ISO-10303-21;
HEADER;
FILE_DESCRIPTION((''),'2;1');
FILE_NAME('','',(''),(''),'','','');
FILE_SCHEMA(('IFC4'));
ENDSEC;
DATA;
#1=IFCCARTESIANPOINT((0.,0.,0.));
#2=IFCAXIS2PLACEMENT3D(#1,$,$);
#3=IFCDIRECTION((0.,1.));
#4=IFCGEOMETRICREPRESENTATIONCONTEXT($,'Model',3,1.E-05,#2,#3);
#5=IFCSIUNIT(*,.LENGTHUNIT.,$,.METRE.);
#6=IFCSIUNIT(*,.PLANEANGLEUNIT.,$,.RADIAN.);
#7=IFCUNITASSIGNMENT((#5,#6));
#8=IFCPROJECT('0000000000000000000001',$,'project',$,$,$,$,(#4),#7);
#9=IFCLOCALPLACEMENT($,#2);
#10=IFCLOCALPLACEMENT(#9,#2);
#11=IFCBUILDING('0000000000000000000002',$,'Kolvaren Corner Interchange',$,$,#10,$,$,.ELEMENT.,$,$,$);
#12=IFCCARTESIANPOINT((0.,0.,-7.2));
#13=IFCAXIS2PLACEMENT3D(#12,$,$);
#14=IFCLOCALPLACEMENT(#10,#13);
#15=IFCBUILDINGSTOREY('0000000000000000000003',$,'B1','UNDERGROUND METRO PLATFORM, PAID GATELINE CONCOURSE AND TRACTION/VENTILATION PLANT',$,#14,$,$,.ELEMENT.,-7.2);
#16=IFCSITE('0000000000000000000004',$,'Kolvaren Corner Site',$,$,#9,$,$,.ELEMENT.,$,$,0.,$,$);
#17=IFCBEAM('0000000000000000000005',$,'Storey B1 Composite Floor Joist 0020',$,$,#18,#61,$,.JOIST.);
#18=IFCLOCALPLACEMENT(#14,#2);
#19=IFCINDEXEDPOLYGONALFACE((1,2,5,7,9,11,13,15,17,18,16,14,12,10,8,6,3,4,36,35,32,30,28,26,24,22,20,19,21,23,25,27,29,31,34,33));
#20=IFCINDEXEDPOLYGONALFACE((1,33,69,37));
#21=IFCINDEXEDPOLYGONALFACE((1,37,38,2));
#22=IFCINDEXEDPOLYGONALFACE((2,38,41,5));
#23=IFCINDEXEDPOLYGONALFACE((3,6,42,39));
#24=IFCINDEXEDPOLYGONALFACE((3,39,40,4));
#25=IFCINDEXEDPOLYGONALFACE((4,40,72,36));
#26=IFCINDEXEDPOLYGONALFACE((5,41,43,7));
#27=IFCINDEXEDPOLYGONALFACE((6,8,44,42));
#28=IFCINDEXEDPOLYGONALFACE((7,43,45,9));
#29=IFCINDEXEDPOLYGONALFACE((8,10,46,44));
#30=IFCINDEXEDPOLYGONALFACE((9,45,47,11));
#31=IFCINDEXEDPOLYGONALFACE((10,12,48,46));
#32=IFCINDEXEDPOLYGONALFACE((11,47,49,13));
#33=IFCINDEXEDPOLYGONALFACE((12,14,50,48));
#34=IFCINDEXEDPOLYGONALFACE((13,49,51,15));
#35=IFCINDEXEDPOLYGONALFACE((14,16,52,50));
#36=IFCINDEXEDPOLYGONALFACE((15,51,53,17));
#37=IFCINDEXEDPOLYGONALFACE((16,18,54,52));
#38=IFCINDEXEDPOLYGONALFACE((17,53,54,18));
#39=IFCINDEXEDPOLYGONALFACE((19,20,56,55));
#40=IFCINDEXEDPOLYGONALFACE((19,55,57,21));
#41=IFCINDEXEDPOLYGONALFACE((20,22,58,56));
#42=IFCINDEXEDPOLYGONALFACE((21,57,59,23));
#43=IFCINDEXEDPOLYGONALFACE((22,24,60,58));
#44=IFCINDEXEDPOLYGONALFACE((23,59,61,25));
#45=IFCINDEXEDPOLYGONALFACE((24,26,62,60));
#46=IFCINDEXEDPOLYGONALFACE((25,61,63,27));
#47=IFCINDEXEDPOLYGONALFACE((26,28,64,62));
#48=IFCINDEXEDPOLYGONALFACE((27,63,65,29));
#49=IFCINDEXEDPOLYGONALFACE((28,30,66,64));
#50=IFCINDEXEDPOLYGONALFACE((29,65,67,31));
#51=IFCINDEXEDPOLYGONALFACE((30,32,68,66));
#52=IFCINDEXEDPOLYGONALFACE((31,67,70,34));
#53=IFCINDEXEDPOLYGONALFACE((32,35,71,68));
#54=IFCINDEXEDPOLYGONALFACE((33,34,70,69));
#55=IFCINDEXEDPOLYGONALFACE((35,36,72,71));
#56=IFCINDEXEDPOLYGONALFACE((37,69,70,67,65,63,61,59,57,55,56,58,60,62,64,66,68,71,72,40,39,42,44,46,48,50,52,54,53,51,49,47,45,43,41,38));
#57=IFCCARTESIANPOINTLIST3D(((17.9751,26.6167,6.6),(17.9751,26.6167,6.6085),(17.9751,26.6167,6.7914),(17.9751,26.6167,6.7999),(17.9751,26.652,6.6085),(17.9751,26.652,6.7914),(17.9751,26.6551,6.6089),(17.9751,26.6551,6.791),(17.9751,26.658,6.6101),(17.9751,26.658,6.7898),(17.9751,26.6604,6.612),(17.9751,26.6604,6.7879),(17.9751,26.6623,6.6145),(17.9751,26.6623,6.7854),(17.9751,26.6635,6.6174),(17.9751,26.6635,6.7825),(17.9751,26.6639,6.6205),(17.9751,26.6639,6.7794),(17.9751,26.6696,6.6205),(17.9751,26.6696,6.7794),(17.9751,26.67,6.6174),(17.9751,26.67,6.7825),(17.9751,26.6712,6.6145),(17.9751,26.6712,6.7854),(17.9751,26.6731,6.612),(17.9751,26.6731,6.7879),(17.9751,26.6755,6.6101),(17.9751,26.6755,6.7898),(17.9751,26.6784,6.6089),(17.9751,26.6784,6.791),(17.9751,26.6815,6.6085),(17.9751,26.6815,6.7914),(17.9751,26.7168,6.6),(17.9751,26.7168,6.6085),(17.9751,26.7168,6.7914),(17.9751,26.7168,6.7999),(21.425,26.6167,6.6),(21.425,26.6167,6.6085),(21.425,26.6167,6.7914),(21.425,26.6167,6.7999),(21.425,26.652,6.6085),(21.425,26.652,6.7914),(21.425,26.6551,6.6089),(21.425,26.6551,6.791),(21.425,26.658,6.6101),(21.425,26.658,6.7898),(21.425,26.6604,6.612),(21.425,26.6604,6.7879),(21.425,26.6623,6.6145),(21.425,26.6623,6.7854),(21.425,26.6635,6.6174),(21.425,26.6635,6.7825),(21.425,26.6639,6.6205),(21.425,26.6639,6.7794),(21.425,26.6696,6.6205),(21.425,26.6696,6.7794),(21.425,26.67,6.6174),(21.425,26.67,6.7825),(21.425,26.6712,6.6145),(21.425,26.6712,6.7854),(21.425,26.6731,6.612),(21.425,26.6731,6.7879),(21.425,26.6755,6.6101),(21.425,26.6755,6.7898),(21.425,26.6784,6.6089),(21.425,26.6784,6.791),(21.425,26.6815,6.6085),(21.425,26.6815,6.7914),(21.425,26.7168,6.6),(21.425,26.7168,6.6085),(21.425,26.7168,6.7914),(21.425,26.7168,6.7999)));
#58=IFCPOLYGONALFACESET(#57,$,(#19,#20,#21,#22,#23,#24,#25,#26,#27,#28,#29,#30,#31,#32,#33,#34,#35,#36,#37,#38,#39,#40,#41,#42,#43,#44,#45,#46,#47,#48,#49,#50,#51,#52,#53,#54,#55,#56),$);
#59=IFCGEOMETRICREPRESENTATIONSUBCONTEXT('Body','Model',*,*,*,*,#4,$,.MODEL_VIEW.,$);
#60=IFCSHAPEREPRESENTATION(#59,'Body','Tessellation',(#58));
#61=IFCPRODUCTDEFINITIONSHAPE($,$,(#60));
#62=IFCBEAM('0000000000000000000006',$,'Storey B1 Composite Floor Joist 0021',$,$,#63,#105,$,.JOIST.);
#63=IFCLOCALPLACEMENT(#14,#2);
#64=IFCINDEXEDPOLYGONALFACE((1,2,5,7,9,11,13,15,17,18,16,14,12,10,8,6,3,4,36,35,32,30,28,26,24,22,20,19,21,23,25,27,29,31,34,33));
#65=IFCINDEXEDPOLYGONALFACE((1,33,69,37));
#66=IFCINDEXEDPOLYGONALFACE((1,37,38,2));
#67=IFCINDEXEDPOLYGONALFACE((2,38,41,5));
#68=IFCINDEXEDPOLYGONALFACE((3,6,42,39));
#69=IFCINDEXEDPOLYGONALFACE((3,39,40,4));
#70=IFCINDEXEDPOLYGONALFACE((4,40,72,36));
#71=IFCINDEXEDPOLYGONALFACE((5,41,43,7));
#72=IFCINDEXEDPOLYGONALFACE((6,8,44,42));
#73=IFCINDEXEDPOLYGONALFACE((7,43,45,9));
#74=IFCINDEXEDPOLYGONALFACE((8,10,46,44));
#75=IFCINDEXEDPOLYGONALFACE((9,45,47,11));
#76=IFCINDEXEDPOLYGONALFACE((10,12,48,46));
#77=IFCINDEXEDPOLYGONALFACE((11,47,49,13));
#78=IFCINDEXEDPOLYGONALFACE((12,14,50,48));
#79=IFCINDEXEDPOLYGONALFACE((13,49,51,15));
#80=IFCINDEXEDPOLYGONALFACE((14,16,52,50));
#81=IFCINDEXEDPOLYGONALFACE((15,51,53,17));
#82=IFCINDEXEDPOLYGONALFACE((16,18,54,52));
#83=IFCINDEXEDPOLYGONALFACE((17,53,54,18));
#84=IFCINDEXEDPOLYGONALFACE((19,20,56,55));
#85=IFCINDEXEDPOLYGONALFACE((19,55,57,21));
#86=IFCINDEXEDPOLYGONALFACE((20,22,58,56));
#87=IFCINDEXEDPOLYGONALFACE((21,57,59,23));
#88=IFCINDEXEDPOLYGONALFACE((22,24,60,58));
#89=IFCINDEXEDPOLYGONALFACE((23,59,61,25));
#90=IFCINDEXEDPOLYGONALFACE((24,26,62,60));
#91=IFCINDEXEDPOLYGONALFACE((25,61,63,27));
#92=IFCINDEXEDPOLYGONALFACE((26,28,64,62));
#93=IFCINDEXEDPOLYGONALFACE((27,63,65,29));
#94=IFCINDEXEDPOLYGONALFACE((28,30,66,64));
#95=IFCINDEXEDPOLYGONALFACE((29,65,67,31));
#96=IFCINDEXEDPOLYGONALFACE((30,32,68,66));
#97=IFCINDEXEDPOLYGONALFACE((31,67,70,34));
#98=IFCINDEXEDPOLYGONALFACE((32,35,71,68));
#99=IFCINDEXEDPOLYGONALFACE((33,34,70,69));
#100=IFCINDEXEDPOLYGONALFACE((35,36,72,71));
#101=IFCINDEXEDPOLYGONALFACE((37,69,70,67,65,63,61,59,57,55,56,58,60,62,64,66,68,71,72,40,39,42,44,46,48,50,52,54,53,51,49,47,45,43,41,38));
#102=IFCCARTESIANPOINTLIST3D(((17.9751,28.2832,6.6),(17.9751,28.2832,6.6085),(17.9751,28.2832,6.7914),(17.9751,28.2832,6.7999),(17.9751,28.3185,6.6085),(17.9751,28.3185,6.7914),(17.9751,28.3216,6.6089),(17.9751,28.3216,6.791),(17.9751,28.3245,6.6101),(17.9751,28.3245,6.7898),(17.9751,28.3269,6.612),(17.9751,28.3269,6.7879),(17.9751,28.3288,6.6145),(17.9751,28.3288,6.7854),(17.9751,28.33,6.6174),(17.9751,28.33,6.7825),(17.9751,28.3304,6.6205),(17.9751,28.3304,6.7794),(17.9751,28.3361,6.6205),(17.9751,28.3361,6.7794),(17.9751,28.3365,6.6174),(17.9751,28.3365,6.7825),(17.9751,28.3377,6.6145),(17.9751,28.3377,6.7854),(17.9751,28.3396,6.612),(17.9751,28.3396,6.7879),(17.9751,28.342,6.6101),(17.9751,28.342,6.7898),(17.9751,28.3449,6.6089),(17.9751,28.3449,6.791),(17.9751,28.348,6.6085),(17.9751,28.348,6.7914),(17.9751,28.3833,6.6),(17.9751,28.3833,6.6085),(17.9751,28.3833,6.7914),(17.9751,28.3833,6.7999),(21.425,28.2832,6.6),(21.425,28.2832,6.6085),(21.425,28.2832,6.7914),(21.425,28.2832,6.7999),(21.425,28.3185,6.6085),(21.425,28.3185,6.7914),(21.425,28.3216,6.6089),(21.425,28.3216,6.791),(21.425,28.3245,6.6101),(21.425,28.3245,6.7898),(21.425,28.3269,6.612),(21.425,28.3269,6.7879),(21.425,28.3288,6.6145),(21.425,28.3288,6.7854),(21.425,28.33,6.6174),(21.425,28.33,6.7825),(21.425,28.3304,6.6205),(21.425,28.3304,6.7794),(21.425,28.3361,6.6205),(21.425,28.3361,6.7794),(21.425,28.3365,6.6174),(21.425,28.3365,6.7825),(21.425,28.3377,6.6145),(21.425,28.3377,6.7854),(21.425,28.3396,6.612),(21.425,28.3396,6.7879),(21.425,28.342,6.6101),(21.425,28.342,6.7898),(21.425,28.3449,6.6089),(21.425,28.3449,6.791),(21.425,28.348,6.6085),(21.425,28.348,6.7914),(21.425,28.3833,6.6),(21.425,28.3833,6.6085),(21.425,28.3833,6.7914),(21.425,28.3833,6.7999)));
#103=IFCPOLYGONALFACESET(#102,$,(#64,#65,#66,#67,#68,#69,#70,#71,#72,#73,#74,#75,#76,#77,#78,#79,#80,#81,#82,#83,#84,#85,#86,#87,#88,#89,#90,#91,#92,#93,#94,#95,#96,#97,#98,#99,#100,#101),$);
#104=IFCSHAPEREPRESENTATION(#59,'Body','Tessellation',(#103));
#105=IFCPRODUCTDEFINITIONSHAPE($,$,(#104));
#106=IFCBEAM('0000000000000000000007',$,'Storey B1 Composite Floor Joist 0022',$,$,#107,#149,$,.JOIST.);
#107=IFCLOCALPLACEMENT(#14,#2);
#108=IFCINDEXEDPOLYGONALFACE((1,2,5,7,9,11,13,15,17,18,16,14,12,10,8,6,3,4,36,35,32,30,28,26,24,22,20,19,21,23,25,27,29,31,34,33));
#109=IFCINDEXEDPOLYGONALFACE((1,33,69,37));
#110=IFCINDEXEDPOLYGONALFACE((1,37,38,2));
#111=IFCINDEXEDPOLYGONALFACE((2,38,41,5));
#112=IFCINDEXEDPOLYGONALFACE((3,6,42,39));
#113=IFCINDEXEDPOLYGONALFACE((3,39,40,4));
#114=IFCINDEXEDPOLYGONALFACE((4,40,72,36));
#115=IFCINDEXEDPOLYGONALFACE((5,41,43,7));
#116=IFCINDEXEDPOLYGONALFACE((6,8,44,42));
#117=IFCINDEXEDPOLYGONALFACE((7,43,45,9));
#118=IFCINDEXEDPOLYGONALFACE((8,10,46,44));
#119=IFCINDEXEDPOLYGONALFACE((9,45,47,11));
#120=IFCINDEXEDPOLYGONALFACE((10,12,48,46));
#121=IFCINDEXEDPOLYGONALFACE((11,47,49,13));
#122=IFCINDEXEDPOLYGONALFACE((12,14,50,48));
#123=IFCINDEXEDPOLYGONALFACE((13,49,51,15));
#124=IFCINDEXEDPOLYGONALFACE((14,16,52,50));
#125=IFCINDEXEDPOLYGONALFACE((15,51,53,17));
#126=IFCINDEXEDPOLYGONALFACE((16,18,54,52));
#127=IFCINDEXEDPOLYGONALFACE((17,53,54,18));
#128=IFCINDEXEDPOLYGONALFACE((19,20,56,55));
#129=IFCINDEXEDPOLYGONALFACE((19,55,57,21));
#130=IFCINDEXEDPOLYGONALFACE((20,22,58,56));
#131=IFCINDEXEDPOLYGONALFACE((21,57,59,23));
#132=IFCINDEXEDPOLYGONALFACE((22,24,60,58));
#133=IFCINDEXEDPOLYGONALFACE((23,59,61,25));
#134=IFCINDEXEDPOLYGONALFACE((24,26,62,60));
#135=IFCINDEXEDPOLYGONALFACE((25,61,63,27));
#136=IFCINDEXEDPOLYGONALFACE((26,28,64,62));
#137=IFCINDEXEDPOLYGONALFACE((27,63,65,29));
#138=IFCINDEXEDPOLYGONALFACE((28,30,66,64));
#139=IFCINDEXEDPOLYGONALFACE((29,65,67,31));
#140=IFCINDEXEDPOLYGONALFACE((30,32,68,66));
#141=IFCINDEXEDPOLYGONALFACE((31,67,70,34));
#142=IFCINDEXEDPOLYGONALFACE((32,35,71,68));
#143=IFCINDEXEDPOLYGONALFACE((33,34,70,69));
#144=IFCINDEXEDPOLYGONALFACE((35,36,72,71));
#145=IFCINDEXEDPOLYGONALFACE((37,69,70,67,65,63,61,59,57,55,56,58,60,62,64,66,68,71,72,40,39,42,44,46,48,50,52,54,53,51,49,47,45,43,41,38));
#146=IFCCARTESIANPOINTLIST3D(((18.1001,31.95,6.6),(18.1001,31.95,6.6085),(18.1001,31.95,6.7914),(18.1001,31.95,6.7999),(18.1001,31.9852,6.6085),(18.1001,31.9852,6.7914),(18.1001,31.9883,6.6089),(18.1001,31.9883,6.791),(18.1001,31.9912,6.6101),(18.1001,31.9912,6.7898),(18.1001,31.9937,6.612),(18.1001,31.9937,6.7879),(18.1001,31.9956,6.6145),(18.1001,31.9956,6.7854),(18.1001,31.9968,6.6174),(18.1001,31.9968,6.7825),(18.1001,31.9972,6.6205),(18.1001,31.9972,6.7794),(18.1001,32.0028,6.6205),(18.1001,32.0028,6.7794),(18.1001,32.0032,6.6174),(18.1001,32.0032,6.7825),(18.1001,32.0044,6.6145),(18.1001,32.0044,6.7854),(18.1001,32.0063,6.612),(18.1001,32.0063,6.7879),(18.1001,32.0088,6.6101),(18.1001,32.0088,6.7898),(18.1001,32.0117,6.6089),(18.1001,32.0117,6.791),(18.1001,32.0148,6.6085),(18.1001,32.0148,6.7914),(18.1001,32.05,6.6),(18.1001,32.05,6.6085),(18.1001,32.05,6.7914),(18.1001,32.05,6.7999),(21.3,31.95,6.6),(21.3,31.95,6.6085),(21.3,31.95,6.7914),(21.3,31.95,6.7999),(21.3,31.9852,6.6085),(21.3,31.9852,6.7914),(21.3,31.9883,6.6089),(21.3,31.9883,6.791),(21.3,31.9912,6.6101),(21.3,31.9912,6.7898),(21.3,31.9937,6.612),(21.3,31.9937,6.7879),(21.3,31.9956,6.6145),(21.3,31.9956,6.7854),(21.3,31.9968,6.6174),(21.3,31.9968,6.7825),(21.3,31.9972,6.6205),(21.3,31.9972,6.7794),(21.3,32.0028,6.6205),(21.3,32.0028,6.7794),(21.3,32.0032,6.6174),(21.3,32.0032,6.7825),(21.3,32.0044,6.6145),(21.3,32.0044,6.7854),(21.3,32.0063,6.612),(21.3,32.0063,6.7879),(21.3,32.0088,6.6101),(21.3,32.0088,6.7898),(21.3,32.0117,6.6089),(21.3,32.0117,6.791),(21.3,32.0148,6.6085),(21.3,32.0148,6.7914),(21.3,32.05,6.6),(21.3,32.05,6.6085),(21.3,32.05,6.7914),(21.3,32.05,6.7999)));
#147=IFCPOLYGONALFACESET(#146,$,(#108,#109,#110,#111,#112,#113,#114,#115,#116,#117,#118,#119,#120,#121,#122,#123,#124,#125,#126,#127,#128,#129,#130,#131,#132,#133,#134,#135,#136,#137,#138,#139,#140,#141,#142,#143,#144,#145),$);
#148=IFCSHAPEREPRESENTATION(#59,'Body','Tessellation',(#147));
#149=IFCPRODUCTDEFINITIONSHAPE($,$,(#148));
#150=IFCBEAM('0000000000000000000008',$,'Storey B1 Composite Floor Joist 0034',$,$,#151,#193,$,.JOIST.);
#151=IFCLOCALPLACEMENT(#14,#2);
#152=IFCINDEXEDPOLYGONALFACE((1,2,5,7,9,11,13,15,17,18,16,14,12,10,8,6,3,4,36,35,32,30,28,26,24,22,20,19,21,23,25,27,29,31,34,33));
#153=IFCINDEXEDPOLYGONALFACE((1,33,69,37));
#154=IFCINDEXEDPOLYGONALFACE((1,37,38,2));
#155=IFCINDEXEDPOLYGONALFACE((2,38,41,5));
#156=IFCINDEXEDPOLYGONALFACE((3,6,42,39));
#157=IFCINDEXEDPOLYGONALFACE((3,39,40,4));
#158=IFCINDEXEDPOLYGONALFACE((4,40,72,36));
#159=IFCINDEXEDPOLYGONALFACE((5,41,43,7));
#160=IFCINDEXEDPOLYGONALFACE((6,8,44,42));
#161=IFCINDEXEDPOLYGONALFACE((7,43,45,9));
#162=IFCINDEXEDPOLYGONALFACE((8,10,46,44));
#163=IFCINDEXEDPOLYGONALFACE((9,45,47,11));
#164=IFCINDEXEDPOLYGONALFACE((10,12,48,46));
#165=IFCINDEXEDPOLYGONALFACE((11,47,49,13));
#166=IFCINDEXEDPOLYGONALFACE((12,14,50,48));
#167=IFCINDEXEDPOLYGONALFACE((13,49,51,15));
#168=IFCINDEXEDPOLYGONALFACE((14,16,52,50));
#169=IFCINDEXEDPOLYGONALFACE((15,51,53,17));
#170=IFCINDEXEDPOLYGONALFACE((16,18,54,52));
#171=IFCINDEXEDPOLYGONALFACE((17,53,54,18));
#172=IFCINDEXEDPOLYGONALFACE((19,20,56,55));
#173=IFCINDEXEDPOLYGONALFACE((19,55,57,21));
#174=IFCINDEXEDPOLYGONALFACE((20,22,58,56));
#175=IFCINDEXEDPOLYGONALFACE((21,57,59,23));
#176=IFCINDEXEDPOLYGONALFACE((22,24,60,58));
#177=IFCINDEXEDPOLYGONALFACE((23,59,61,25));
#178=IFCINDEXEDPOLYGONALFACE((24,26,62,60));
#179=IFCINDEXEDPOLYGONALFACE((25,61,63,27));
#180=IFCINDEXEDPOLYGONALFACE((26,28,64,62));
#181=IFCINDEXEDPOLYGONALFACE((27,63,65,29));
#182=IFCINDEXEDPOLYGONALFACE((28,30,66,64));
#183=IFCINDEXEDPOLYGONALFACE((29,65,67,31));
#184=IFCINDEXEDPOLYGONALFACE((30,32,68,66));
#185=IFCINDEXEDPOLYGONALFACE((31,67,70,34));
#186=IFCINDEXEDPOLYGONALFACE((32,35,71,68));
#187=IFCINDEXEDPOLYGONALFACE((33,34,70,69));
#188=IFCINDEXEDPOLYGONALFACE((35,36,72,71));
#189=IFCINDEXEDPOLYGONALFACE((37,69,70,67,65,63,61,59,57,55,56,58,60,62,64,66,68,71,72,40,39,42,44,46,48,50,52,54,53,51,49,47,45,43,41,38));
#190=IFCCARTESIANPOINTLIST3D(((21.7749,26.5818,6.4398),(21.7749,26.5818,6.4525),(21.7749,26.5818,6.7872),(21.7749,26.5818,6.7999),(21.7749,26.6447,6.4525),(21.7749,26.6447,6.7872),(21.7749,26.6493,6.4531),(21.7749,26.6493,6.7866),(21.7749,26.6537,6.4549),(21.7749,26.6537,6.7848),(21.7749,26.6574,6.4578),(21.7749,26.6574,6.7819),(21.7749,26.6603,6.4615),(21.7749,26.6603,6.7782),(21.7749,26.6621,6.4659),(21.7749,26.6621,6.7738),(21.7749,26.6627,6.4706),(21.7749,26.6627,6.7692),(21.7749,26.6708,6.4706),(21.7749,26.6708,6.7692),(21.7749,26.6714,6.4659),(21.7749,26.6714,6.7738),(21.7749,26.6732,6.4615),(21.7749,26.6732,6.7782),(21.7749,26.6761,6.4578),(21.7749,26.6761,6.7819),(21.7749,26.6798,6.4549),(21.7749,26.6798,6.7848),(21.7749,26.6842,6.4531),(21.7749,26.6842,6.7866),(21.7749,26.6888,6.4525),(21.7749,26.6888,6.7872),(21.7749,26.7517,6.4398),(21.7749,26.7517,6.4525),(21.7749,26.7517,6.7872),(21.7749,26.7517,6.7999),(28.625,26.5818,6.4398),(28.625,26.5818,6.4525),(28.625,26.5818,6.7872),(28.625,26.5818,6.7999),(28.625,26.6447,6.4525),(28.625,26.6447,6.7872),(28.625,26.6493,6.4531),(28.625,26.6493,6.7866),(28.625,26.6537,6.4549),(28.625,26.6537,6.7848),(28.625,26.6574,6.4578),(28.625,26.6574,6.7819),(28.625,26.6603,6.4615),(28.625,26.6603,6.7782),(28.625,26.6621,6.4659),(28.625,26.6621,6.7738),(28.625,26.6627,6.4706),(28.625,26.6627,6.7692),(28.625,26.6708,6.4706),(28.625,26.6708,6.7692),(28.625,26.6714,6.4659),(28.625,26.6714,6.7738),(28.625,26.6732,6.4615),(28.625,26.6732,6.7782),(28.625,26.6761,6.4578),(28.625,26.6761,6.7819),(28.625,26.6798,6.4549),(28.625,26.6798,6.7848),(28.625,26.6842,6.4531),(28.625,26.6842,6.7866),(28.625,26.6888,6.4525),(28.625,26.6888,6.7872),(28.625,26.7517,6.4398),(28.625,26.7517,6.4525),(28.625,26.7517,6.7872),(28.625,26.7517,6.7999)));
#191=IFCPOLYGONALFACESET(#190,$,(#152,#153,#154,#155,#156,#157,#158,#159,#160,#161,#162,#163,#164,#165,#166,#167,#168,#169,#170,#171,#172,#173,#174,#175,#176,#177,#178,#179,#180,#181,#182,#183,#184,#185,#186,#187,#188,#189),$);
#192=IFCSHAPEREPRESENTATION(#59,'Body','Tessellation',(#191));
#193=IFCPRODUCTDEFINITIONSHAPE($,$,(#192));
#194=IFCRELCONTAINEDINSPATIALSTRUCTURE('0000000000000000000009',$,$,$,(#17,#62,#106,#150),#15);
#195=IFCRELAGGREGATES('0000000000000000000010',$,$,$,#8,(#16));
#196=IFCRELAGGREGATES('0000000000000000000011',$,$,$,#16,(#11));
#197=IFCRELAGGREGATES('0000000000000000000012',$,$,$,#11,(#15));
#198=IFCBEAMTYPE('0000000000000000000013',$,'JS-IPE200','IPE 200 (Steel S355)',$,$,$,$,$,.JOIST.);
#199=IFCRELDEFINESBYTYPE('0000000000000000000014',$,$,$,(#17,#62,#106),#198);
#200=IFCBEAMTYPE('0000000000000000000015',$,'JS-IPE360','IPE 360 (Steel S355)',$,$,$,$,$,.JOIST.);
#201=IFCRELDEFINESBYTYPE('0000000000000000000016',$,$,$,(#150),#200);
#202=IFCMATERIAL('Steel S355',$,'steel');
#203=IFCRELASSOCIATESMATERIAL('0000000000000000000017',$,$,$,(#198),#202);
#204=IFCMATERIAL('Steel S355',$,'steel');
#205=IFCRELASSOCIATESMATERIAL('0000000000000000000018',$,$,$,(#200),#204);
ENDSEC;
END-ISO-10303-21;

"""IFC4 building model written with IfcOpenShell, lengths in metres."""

from ifc_helpers import new_model, si_unit, direction, frame, origin, origin_2d, place, context, subcontext, project, spatial, i_section, extrude, material, material_profile, profile_set, type_object, element, save


model = new_model("IFC4")

# Units and contexts
model_context = context("Model", 3, precision=1e-05, world=origin(), true_north=direction((0.0, 1.0)))
body_context = subcontext(model_context, "Body", "Model", "MODEL_VIEW")
ifc_project = project(units=[si_unit("LENGTHUNIT", "METRE"), si_unit("PLANEANGLEUNIT", "RADIAN")], contexts=[model_context])

# Site, building, storey
site_placement = place(None, origin())
site = spatial("IfcSite", under=ifc_project, at=site_placement, Name="Kolvaren Corner Site", CompositionType="ELEMENT", RefElevation=0.0)
building_placement = place(site_placement, origin())
building = spatial("IfcBuilding", under=site, at=building_placement, Name="Kolvaren Corner Interchange", CompositionType="ELEMENT")
storey_placement = place(building_placement, frame((0.0, 0.0, -7.2)))
storey = spatial("IfcBuildingStorey", under=building, at=storey_placement, Name="B1", Description="UNDERGROUND METRO PLATFORM, PAID GATELINE CONCOURSE AND TRACTION/VENTILATION PLANT", CompositionType="ELEMENT", Elevation=-7.2)

# Beams
ifc_material_1 = material(Name="Steel S355", Category="steel")
ifc_material_profile_1 = material_profile(ifc_material_1, i_section(OverallWidth=0.1001, OverallDepth=0.2, WebThickness=0.0056, FlangeThickness=0.0085, FilletRadius=0.012, at=origin_2d()), Name="IPE 200")
ifc_profile_set_1 = profile_set([ifc_material_profile_1], Name="Steel S355")
beam_type_1 = type_object("IfcBeamType", Name="JS-IPE200", Description="IPE 200 (Steel S355)", PredefinedType="JOIST", material=ifc_profile_set_1)
for number, where, z_axis, x_axis, name in (
    (1, (17.9751, 26.6667, 6.7), (1.0, 0.0, 0.0), (0.0, 1.0, 0.0), "Storey B1 Composite Floor Joist 0020"),
    (2, (17.9751, 28.3333, 6.7), (1.0, 0.0, 0.0), (0.0, 1.0, 0.0), "Storey B1 Composite Floor Joist 0021"),
):
    element("IfcBeam", number, at=place(storey_placement, frame(where, z_axis=z_axis, x_axis=x_axis)), inside=storey, type_object=beam_type_1, Name=name, PredefinedType="JOIST", context=body_context, shape_type="SweptSolid", body=[
        extrude(i_section(OverallWidth=0.1001, OverallDepth=0.2, WebThickness=0.0056, FlangeThickness=0.0085, FilletRadius=0.012, at=origin_2d()), origin(), (0.0, 0.0, 1.0), 3.45),
    ])
beam_1_placement = place(storey_placement, frame((18.1001, 32.0, 6.7), z_axis=(1.0, 0.0, 0.0), x_axis=(0.0, 1.0, 0.0)))
element("IfcBeam", 3, at=beam_1_placement, inside=storey, type_object=beam_type_1, Name="Storey B1 Composite Floor Joist 0022", PredefinedType="JOIST", context=body_context, shape_type="SweptSolid", body=[
    extrude(i_section(OverallWidth=0.1001, OverallDepth=0.2, WebThickness=0.0056, FlangeThickness=0.0085, FilletRadius=0.012, at=origin_2d()), origin(), (0.0, 0.0, 1.0), 3.2),
])
ifc_material_2 = material(Name="Steel S355", Category="steel")
ifc_material_profile_2 = material_profile(ifc_material_2, i_section(OverallWidth=0.1699, OverallDepth=0.3601, WebThickness=0.0081, FlangeThickness=0.0127, FilletRadius=0.0181, at=origin_2d()), Name="IPE 360")
ifc_profile_set_2 = profile_set([ifc_material_profile_2], Name="Steel S355")
beam_type_2 = type_object("IfcBeamType", Name="JS-IPE360", Description="IPE 360 (Steel S355)", PredefinedType="JOIST", material=ifc_profile_set_2)
for number, where, z_axis, x_axis, name in (
    (4, (21.7749, 26.6667, 6.6199), (1.0, 0.0, 0.0), (0.0, 1.0, 0.0), "Storey B1 Composite Floor Joist 0034"),
):
    element("IfcBeam", number, at=place(storey_placement, frame(where, z_axis=z_axis, x_axis=x_axis)), inside=storey, type_object=beam_type_2, Name=name, PredefinedType="JOIST", context=body_context, shape_type="SweptSolid", body=[
        extrude(i_section(OverallWidth=0.1699, OverallDepth=0.3601, WebThickness=0.0081, FlangeThickness=0.0127, FilletRadius=0.0181, at=origin_2d()), origin(), (0.0, 0.0, 1.0), 6.8501),
    ])

save(model, "model.ifc")
